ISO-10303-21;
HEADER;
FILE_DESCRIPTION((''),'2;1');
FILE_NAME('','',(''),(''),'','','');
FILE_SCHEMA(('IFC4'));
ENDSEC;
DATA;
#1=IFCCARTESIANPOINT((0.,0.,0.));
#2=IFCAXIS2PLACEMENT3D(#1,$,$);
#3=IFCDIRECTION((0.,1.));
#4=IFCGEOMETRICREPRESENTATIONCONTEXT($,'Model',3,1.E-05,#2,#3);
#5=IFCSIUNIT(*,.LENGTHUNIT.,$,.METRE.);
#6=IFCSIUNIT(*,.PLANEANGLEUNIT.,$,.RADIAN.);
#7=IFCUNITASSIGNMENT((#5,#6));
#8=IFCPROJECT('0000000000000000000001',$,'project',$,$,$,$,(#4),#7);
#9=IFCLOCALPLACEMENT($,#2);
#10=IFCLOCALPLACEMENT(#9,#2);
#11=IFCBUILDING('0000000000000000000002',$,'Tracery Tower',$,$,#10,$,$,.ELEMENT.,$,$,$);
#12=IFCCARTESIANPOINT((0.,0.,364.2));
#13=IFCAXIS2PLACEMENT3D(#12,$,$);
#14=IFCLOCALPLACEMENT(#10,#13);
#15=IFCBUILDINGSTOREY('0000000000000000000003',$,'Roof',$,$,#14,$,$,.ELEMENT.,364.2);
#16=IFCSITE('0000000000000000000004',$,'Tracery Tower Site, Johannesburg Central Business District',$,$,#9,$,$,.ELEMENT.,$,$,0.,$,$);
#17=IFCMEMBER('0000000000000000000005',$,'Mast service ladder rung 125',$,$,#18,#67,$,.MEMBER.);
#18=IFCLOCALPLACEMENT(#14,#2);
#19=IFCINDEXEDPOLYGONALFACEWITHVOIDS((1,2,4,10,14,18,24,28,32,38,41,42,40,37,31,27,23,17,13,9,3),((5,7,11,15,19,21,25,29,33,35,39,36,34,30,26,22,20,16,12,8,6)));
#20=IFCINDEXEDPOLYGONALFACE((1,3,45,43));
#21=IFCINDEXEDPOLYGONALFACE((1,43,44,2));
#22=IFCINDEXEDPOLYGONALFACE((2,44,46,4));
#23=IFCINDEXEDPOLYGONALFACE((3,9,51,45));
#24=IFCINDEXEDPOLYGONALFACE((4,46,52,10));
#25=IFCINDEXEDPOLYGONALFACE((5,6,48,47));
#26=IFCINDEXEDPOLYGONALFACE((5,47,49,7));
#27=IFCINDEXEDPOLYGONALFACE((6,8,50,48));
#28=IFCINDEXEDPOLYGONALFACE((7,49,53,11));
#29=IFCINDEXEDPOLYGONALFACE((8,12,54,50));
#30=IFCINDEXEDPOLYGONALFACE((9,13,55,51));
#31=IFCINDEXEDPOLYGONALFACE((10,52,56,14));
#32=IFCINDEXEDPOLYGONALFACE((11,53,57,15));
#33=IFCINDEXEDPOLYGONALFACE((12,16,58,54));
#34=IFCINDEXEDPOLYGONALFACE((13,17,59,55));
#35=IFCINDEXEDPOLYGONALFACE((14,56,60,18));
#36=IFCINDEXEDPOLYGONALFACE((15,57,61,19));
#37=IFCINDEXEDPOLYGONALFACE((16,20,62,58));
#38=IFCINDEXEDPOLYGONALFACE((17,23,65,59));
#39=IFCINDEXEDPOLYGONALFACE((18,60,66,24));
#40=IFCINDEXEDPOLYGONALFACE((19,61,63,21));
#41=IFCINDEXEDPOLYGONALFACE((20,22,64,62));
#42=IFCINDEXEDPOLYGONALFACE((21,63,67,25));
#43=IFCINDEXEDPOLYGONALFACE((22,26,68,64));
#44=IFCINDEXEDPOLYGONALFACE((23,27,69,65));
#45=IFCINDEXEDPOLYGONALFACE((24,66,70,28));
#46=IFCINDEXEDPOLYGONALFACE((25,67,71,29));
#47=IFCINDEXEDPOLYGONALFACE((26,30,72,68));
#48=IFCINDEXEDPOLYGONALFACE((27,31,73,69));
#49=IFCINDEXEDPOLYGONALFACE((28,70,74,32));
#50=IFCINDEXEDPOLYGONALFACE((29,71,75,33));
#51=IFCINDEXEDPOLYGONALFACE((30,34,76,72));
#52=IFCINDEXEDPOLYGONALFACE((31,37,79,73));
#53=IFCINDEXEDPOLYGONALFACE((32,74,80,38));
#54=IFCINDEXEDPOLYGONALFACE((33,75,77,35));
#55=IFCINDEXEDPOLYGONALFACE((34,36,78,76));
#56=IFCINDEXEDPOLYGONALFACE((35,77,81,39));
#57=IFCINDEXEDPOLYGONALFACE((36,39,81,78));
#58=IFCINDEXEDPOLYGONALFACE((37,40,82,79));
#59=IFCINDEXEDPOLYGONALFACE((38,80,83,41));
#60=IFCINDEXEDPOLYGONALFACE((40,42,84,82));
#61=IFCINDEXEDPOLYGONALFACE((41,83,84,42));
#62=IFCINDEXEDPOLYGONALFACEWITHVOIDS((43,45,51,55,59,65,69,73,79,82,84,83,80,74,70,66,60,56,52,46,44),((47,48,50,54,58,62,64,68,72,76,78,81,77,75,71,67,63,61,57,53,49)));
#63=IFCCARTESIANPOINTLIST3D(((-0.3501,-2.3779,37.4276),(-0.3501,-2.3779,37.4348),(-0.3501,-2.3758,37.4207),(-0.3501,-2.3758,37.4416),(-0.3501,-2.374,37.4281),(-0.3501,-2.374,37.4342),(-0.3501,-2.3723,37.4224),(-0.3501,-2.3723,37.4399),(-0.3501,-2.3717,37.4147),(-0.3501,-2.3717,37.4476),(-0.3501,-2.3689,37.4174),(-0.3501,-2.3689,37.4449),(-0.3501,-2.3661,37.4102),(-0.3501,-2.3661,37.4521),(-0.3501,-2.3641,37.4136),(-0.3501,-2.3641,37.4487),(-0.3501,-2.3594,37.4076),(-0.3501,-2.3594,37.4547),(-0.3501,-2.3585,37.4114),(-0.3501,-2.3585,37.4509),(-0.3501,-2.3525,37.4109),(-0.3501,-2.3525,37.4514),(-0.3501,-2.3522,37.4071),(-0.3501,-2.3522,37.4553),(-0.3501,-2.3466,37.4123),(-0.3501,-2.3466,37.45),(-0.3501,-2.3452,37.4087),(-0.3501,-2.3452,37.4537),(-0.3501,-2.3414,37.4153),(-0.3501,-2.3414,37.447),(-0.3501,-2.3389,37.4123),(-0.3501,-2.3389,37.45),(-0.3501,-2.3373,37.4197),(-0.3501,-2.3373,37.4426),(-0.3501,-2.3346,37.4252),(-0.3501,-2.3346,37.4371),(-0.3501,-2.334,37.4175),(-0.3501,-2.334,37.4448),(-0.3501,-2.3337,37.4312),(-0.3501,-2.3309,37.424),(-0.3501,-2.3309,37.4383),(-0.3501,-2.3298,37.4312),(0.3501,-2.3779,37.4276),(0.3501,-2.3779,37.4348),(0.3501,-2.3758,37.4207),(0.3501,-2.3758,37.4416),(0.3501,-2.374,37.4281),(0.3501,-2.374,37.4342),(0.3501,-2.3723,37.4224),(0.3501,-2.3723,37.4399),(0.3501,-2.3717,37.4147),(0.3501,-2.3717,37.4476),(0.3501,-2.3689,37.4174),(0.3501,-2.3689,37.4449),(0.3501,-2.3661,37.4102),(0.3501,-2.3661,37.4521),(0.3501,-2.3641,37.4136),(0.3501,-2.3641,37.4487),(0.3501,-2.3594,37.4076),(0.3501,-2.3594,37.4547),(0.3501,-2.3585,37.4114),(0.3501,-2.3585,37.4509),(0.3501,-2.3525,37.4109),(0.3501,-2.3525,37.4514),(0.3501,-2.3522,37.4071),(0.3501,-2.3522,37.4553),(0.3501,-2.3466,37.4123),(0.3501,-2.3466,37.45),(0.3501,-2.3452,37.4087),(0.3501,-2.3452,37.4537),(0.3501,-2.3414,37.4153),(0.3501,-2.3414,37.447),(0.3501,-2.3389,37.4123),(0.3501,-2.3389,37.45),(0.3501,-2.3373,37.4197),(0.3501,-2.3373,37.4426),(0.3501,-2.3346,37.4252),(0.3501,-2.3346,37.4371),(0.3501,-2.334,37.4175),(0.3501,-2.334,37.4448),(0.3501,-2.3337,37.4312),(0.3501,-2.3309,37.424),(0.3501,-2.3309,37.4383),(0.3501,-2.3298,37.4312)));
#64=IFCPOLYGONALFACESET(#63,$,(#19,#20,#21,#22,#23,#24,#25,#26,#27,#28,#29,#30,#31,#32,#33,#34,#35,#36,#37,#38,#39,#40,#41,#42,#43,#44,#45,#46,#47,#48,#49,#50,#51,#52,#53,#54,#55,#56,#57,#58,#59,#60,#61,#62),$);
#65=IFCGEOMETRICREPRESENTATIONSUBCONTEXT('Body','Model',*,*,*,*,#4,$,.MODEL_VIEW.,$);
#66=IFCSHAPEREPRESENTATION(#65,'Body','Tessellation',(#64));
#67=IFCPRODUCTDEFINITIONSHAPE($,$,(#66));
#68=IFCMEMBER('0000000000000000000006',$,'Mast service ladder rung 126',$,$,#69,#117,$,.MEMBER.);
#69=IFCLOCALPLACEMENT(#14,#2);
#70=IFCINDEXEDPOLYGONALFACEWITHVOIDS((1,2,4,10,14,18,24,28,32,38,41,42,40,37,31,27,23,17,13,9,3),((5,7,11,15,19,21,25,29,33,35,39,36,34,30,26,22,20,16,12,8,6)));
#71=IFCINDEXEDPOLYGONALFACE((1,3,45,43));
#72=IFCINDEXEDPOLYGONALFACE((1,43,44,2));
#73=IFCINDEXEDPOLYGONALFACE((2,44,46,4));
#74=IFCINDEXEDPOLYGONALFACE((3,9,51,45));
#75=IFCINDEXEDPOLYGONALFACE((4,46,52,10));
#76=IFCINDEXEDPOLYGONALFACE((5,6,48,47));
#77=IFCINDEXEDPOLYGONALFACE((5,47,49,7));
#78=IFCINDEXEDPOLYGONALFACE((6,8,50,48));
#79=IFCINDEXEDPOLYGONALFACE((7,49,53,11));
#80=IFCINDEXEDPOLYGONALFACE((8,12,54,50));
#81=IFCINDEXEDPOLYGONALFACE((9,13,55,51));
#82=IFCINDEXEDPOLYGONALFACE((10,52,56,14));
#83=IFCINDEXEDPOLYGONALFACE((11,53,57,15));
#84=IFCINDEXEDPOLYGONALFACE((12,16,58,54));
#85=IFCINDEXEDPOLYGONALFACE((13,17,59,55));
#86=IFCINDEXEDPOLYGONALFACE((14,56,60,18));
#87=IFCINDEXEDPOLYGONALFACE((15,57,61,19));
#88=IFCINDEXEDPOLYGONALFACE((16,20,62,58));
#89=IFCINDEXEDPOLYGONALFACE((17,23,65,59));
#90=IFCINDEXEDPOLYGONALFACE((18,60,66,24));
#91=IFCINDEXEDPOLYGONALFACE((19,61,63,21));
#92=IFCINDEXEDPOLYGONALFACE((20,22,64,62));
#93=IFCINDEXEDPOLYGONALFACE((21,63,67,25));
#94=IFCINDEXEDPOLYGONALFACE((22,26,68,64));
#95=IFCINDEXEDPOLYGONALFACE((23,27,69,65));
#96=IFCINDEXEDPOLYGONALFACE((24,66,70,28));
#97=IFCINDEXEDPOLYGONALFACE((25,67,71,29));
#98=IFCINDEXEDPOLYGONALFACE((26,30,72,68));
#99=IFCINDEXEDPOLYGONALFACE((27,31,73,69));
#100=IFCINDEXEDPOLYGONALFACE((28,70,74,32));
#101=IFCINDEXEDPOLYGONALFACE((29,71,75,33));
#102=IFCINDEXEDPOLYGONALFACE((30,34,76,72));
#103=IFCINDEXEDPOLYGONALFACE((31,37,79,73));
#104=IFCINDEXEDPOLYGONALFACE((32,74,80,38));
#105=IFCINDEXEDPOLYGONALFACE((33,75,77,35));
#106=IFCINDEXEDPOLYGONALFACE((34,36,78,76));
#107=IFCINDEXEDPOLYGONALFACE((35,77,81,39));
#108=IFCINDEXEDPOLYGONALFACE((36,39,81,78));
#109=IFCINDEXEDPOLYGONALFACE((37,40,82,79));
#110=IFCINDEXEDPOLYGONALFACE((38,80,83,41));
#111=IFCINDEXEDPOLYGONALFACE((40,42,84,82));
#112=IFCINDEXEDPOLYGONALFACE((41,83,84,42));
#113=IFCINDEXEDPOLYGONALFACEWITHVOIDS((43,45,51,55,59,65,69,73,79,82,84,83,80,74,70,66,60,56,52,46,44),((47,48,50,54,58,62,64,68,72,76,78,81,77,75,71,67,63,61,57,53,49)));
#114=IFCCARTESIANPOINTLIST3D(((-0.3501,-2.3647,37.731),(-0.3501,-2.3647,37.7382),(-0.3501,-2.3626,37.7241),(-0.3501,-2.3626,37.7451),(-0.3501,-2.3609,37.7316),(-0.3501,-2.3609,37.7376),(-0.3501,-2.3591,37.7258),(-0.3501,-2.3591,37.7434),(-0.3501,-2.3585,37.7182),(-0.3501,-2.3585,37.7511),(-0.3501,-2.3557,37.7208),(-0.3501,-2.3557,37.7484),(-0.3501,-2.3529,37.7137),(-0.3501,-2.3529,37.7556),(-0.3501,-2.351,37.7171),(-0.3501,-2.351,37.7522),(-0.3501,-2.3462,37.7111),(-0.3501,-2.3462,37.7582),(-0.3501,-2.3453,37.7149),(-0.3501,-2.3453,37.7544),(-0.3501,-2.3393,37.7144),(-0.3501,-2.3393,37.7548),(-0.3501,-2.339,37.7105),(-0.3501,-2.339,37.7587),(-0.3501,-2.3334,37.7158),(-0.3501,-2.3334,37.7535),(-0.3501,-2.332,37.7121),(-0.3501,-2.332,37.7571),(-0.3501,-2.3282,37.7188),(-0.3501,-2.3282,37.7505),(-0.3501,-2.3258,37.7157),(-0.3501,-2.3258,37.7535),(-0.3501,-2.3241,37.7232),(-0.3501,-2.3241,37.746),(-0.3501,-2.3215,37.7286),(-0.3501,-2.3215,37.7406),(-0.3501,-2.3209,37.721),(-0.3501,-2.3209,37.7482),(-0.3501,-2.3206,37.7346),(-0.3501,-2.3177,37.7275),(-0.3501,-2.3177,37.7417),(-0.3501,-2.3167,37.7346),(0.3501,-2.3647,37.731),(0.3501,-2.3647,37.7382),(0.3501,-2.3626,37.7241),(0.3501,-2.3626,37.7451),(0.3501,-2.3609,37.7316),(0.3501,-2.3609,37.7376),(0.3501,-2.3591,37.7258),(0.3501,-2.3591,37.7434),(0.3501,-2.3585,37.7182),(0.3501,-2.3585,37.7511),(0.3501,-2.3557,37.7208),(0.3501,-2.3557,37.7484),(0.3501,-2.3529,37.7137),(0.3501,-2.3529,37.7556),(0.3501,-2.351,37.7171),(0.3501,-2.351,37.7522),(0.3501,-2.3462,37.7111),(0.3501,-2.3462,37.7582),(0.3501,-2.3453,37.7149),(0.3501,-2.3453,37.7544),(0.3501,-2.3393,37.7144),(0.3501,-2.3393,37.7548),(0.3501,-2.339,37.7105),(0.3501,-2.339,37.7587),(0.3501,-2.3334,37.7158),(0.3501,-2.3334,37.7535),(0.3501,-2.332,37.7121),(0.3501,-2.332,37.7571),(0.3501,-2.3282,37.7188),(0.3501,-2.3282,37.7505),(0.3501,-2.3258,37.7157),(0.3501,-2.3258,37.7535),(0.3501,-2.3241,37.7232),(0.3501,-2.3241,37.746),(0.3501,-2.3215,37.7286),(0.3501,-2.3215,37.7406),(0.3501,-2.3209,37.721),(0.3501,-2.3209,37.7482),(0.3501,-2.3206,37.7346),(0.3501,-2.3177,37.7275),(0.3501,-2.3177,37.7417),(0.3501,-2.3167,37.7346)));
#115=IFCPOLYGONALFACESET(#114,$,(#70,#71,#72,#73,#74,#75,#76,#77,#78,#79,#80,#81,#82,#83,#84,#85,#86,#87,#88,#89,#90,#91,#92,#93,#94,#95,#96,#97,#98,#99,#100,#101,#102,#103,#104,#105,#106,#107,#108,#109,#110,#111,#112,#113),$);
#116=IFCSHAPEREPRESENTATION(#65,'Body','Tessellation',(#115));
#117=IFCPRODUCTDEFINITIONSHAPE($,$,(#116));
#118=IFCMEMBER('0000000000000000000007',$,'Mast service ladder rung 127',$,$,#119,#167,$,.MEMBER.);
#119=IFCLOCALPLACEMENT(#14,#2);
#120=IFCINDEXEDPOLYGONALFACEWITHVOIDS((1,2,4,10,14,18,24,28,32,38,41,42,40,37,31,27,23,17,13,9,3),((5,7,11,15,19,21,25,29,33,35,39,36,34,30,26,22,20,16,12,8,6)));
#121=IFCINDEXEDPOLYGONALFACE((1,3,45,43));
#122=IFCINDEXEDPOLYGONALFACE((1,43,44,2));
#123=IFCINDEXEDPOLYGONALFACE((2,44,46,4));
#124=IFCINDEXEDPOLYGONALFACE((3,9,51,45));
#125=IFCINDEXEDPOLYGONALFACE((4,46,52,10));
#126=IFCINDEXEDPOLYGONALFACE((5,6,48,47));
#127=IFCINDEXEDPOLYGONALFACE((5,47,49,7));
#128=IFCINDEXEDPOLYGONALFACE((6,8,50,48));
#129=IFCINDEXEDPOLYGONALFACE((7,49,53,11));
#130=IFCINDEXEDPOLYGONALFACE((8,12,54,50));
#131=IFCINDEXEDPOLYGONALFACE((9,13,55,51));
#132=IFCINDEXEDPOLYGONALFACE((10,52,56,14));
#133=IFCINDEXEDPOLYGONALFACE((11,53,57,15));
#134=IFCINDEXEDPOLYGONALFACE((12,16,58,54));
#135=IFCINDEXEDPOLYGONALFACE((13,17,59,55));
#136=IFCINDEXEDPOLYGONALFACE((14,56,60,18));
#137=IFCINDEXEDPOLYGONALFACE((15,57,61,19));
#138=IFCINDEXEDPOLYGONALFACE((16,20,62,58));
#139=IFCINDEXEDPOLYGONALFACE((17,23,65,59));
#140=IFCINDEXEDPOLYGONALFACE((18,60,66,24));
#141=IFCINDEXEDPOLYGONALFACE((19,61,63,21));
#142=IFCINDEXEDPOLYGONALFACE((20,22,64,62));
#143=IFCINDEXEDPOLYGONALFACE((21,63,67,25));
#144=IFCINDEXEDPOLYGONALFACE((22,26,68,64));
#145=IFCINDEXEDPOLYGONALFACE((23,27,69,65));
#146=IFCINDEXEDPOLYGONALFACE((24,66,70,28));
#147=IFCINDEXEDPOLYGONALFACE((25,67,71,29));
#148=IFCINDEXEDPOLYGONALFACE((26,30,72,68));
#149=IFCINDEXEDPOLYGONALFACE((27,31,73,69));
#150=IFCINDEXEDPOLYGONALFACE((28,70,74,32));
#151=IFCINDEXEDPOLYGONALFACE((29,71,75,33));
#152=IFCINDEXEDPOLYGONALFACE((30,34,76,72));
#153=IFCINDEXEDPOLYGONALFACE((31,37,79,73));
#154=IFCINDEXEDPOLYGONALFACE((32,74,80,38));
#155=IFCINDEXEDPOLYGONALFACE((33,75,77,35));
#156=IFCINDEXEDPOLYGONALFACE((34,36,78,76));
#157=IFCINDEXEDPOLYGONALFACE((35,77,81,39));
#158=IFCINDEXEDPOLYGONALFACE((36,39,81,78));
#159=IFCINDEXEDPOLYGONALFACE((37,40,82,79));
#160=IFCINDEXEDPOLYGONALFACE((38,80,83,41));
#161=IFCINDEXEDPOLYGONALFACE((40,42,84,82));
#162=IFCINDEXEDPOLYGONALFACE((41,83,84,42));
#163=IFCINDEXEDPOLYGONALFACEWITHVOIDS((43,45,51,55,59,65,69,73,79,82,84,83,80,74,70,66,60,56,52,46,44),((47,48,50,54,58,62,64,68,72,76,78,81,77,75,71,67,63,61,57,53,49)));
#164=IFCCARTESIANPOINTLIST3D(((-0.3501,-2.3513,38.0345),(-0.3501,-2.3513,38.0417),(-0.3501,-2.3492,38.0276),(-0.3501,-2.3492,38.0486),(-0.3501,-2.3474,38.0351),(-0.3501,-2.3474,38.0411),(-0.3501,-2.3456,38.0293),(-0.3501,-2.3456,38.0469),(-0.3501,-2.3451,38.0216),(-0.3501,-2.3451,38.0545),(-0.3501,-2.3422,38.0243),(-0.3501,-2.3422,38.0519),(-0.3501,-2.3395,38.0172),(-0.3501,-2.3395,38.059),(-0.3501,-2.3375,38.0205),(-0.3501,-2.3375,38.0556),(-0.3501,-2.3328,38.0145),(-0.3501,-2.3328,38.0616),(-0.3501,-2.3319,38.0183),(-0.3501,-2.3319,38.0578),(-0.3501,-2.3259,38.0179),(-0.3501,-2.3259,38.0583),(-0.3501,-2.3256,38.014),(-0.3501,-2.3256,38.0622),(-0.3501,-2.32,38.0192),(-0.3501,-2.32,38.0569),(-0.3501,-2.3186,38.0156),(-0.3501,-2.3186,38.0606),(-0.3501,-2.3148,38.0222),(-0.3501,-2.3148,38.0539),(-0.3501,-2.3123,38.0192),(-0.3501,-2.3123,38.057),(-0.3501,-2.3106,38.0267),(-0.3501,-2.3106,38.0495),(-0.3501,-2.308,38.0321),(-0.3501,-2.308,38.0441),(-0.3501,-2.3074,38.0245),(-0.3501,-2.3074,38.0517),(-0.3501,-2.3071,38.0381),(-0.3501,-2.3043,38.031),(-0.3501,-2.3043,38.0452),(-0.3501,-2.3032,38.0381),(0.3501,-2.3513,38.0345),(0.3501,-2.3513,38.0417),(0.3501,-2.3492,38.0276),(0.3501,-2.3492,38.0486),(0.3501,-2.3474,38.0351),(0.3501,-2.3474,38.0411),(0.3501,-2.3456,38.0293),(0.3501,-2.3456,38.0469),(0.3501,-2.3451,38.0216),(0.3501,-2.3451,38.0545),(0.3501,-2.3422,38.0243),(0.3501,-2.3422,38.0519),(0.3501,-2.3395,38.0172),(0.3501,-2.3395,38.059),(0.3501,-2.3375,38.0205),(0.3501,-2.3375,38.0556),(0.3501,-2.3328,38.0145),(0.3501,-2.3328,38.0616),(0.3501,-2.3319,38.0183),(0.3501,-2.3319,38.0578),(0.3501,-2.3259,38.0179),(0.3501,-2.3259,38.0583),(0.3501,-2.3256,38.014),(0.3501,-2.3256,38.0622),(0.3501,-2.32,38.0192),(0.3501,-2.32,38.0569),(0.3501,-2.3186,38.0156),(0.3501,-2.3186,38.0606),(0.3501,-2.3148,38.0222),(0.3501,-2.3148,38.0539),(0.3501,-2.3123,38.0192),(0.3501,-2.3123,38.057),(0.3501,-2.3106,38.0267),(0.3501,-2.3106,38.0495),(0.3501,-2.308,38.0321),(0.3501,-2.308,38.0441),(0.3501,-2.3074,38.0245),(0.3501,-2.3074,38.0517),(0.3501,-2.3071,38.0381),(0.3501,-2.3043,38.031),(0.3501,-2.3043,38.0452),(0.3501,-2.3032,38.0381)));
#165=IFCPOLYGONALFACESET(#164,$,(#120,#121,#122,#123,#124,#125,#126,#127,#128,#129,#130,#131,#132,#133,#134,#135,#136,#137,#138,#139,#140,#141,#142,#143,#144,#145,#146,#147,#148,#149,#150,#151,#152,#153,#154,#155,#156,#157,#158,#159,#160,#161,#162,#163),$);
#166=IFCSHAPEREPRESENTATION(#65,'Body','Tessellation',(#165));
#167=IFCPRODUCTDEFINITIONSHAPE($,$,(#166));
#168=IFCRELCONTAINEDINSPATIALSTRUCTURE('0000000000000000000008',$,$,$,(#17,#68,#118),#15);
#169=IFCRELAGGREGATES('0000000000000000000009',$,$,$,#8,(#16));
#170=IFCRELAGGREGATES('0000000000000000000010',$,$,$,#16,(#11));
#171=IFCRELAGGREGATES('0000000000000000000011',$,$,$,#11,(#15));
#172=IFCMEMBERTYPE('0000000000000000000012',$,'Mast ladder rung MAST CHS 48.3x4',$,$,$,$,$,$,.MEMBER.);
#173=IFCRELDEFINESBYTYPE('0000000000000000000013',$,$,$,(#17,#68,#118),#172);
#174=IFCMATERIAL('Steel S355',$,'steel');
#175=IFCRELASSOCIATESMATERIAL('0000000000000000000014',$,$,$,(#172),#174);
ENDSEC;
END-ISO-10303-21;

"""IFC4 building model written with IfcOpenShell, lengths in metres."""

from ifc_helpers import new_model, si_unit, direction, frame, origin, origin_2d, place, context, subcontext, project, spatial, hollow_circle, extrude, material, material_profile, profile_set, type_object, element, save


model = new_model("IFC4")

# Units and contexts
model_context = context("Model", 3, precision=1e-05, world=origin(), true_north=direction((0.0, 1.0)))
body_context = subcontext(model_context, "Body", "Model", "MODEL_VIEW")
ifc_project = project(units=[si_unit("LENGTHUNIT", "METRE"), si_unit("PLANEANGLEUNIT", "RADIAN")], contexts=[model_context])

# Site, building, storey
site_placement = place(None, origin())
site = spatial("IfcSite", under=ifc_project, at=site_placement, Name="Tracery Tower Site, Johannesburg Central Business District", CompositionType="ELEMENT", RefElevation=0.0)
building_placement = place(site_placement, origin())
building = spatial("IfcBuilding", under=site, at=building_placement, Name="Tracery Tower", CompositionType="ELEMENT")
storey_placement = place(building_placement, frame((0.0, 0.0, 364.2)))
storey = spatial("IfcBuildingStorey", under=building, at=storey_placement, Name="Roof", CompositionType="ELEMENT", Elevation=364.2)

# Members
ifc_material_1 = material(Name="Steel S355", Category="steel")
ifc_material_profile_1 = material_profile(ifc_material_1, hollow_circle(Radius=0.0242, WallThickness=0.0039, at=origin_2d()), Name="CHS 48.3x4")
ifc_profile_set_1 = profile_set([ifc_material_profile_1], Name="Steel S355")
member_type_1 = type_object("IfcMemberType", Name="Mast ladder rung MAST CHS 48.3x4", PredefinedType="MEMBER", material=ifc_profile_set_1)
for number, where, z_axis, x_axis, name in (
    (1, (-0.3501, -2.354, 37.4312), (1.0, 0.0, 0.0), (0.0, 1.0, 0.0), "Mast service ladder rung 125"),
    (2, (-0.3501, -2.3408, 37.7346), (1.0, 0.0, 0.0), (0.0, 1.0, 0.0), "Mast service ladder rung 126"),
    (3, (-0.3501, -2.3274, 38.0381), (1.0, 0.0, 0.0), (0.0, 1.0, 0.0), "Mast service ladder rung 127"),
):
    element("IfcMember", number, at=place(storey_placement, frame(where, z_axis=z_axis, x_axis=x_axis)), inside=storey, type_object=member_type_1, Name=name, PredefinedType="MEMBER", context=body_context, shape_type="SweptSolid", body=[
        extrude(hollow_circle(Radius=0.0242, WallThickness=0.0039, at=origin_2d()), origin(), (0.0, 0.0, 1.0), 0.7002),
    ])

save(model, "model.ifc")
